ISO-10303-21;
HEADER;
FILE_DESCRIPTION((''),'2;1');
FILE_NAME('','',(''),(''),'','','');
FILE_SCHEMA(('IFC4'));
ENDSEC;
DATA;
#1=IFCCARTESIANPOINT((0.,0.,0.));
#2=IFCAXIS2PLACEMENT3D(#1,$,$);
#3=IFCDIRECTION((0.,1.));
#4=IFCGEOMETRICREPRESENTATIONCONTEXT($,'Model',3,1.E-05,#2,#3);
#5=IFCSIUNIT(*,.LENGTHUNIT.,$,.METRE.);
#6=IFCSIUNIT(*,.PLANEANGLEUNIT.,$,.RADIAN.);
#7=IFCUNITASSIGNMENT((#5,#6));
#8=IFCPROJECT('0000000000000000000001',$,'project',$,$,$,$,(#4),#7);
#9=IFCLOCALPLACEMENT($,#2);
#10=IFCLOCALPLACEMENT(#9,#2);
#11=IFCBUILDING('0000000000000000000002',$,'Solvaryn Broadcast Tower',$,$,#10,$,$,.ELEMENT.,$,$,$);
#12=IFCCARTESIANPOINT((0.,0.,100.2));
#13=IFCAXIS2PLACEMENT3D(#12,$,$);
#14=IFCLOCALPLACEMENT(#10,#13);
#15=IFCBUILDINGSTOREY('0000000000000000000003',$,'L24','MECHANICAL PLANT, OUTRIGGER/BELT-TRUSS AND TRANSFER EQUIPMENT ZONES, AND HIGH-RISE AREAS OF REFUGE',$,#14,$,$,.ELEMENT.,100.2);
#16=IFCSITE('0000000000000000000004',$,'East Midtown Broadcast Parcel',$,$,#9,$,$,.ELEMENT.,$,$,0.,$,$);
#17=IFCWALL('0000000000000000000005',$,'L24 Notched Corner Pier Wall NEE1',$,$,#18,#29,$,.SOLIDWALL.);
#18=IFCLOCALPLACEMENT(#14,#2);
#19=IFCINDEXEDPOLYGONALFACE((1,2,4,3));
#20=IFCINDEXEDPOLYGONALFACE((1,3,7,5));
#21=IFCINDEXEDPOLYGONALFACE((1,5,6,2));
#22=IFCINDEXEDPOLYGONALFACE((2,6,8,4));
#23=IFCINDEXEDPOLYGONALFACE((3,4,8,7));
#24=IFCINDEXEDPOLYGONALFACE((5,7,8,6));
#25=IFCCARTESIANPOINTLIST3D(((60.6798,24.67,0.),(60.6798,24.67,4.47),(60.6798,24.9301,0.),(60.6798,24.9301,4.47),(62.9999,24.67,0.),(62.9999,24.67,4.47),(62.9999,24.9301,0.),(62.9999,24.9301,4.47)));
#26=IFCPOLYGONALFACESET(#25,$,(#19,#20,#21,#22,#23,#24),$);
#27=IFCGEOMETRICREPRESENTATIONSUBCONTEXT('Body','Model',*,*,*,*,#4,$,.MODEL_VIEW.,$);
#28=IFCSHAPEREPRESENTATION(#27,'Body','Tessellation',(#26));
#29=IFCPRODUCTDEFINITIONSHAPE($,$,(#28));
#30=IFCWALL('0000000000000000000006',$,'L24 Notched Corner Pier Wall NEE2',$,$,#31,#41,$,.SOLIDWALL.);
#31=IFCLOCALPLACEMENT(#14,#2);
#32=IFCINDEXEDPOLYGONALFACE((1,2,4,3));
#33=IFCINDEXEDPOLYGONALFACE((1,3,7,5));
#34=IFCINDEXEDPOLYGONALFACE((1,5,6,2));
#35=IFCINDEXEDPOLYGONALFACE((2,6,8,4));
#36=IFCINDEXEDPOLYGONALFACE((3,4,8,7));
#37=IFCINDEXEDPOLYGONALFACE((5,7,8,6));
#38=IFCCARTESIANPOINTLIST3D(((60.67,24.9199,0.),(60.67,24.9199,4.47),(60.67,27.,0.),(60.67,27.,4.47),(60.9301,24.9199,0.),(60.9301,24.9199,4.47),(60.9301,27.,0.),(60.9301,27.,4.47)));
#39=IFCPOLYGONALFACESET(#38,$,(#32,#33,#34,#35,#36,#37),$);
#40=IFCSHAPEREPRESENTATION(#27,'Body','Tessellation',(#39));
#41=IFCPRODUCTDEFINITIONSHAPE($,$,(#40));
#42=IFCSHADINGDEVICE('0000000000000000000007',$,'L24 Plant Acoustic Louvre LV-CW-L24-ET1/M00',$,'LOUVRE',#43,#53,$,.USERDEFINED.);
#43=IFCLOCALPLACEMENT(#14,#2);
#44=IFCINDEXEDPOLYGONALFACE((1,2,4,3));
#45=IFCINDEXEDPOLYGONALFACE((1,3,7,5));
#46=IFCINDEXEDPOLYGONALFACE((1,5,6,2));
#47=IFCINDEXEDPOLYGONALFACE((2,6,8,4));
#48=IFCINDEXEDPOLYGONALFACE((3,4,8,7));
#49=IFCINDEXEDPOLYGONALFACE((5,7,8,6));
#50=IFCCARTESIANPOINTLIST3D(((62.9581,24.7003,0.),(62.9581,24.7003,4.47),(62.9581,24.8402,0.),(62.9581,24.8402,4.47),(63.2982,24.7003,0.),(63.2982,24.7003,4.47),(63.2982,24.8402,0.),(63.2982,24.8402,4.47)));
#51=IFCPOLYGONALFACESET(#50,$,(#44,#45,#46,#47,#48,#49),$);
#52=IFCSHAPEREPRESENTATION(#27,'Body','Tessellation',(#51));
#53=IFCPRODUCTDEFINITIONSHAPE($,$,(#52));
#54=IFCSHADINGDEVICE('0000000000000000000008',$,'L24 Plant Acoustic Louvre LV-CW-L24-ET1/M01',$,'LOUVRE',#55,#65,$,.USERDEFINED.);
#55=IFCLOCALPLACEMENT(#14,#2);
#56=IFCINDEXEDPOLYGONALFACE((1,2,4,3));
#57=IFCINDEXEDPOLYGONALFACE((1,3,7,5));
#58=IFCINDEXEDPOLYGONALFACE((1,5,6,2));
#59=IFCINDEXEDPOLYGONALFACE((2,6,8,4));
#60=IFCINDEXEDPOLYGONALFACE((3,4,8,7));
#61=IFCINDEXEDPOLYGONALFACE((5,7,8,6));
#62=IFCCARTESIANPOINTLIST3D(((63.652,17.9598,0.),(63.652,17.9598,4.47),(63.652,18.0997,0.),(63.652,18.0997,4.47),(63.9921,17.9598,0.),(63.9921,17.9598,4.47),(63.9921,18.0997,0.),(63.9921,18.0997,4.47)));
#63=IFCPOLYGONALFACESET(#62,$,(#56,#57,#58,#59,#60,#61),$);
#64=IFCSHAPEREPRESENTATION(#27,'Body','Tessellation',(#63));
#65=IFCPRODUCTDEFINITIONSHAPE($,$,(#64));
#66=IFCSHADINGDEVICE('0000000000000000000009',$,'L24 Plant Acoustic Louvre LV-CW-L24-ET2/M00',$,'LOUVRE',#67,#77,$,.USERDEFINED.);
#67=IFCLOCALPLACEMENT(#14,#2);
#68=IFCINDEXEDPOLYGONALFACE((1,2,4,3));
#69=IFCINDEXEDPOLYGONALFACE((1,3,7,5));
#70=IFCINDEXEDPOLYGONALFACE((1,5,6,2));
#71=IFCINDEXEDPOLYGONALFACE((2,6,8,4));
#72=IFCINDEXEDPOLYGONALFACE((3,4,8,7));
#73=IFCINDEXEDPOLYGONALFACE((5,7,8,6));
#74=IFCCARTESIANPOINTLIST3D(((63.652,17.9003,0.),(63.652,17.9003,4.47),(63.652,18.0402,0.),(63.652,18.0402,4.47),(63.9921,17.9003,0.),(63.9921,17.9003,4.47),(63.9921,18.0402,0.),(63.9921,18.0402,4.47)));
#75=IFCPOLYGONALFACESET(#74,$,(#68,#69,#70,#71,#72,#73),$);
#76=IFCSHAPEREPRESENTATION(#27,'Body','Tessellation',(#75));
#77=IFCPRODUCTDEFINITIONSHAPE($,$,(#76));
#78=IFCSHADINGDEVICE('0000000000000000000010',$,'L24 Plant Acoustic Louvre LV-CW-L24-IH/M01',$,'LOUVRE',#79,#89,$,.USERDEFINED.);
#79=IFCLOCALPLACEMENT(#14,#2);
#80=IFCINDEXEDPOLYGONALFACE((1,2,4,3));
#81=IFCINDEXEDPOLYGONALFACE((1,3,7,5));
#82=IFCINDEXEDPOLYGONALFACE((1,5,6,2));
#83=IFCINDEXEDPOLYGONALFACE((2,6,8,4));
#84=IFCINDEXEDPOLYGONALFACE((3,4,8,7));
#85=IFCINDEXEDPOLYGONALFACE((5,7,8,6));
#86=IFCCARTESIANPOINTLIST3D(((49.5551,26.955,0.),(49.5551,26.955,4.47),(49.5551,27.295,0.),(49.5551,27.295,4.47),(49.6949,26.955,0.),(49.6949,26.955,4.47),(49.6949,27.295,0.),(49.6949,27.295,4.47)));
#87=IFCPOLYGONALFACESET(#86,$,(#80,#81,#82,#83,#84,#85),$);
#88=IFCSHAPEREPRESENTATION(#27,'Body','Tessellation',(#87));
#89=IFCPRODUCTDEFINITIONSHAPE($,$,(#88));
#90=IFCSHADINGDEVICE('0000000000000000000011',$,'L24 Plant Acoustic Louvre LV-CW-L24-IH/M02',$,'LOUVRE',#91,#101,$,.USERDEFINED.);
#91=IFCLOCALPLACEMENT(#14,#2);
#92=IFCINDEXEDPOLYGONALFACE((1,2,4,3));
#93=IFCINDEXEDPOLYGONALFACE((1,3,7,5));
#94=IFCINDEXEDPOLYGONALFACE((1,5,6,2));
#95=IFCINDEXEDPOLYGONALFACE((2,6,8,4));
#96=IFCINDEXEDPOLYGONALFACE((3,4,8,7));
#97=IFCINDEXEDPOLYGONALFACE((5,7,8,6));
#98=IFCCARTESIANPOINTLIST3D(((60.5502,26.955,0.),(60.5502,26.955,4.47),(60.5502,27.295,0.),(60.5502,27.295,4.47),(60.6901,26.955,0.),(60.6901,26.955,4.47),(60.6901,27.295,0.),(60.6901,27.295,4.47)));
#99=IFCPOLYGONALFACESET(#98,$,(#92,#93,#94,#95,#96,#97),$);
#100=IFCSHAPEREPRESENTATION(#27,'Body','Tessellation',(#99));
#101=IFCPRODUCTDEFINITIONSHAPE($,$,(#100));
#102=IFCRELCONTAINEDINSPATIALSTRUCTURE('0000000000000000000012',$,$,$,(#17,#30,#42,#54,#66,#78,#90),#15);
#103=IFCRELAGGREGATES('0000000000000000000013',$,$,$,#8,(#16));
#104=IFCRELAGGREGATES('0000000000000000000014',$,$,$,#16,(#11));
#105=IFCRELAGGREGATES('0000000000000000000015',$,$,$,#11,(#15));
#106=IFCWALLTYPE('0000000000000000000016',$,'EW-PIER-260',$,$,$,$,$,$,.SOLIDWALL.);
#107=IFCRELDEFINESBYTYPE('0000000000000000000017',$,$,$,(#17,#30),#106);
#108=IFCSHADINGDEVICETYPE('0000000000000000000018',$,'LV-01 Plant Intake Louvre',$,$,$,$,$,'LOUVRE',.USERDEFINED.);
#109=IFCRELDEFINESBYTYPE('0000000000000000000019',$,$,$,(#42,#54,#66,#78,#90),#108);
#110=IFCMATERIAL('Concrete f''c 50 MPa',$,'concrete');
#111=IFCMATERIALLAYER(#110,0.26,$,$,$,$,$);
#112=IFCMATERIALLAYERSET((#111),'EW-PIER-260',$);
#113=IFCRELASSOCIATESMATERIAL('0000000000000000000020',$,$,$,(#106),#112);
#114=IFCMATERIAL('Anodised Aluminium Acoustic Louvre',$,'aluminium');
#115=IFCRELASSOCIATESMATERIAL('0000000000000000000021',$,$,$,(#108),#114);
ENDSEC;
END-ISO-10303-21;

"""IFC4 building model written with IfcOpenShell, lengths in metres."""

from ifc_helpers import new_model, si_unit, direction, frame, frame_2d, origin, origin_2d, place, context, subcontext, project, spatial, rectangle, extrude, material, layer, layer_set, type_object, element, save


model = new_model("IFC4")

# Units and contexts
model_context = context("Model", 3, precision=1e-05, world=origin(), true_north=direction((0.0, 1.0)))
body_context = subcontext(model_context, "Body", "Model", "MODEL_VIEW")
ifc_project = project(units=[si_unit("LENGTHUNIT", "METRE"), si_unit("PLANEANGLEUNIT", "RADIAN")], contexts=[model_context])

# Site, building, storey
site_placement = place(None, origin())
site = spatial("IfcSite", under=ifc_project, at=site_placement, Name="East Midtown Broadcast Parcel", CompositionType="ELEMENT", RefElevation=0.0)
building_placement = place(site_placement, origin())
building = spatial("IfcBuilding", under=site, at=building_placement, Name="Solvaryn Broadcast Tower", CompositionType="ELEMENT")
storey_placement = place(building_placement, frame((0.0, 0.0, 100.2)))
storey = spatial("IfcBuildingStorey", under=building, at=storey_placement, Name="L24", Description="MECHANICAL PLANT, OUTRIGGER/BELT-TRUSS AND TRANSFER EQUIPMENT ZONES, AND HIGH-RISE AREAS OF REFUGE", CompositionType="ELEMENT", Elevation=100.2)

# Walls
ifc_material_1 = material(Name="Concrete f'c 50 MPa", Category="concrete")
ifc_layer_1 = layer(ifc_material_1, 0.26)
ifc_layer_set_1 = layer_set([ifc_layer_1], Name="EW-PIER-260")
wall_type = type_object("IfcWallType", Name="EW-PIER-260", PredefinedType="SOLIDWALL", material=ifc_layer_set_1)
wall_1_placement = place(storey_placement, frame((63.0, 24.8, 0.0), z_axis=(0.0, 0.0, 1.0), x_axis=(-1.0, 0.0, 0.0)))
element("IfcWall", 1, at=wall_1_placement, inside=storey, type_object=wall_type, Name="L24 Notched Corner Pier Wall NEE1", PredefinedType="SOLIDWALL", context=body_context, shape_type="SweptSolid", body=[
    extrude(rectangle(XDim=2.3201, YDim=0.26, at=frame_2d((1.1602, 0.0))), origin(), (0.0, 0.0, 1.0), 4.47),
])
wall_2_placement = place(storey_placement, frame((60.8, 24.9199, 0.0), z_axis=(0.0, 0.0, 1.0), x_axis=(0.0, 1.0, 0.0)))
element("IfcWall", 2, at=wall_2_placement, inside=storey, type_object=wall_type, Name="L24 Notched Corner Pier Wall NEE2", PredefinedType="SOLIDWALL", context=body_context, shape_type="SweptSolid", body=[
    extrude(rectangle(XDim=2.0801, YDim=0.26, at=frame_2d((1.04, 0.0))), origin(), (0.0, 0.0, 1.0), 4.47),
])

# Shading devices
ifc_material_2 = material(Name="Anodised Aluminium Acoustic Louvre", Category="aluminium")
shading_device_type = type_object("IfcShadingDeviceType", Name="LV-01 Plant Intake Louvre", ElementType="LOUVRE", PredefinedType="USERDEFINED", material=ifc_material_2)
for number, where, z_axis, x_axis, name in (
    (3, (63.1282, 24.7703, 0.0), (0.0, 0.0, 1.0), (1.0, 0.0, 0.0), "L24 Plant Acoustic Louvre LV-CW-L24-ET1/M00"),
    (4, (63.822, 18.0298, 0.0), (0.0, 0.0, 1.0), (1.0, 0.0, 0.0), "L24 Plant Acoustic Louvre LV-CW-L24-ET1/M01"),
    (5, (63.822, 17.9702, 0.0), (0.0, 0.0, 1.0), (1.0, 0.0, 0.0), "L24 Plant Acoustic Louvre LV-CW-L24-ET2/M00"),
):
    element("IfcShadingDevice", number, at=place(storey_placement, frame(where, z_axis=z_axis, x_axis=x_axis)), inside=storey, type_object=shading_device_type, Name=name, ObjectType="LOUVRE", PredefinedType="USERDEFINED", context=body_context, shape_type="SweptSolid", body=[
        extrude(rectangle(XDim=0.3401, YDim=0.1399, at=origin_2d()), origin(), (0.0, 0.0, 1.0), 4.47),
    ])
for number, where, z_axis, x_axis, name in (
    (6, (49.625, 27.125, 0.0), (0.0, 0.0, 1.0), (1.0, 0.0, 0.0), "L24 Plant Acoustic Louvre LV-CW-L24-IH/M01"),
    (7, (60.6201, 27.125, 0.0), (0.0, 0.0, 1.0), (1.0, 0.0, 0.0), "L24 Plant Acoustic Louvre LV-CW-L24-IH/M02"),
):
    element("IfcShadingDevice", number, at=place(storey_placement, frame(where, z_axis=z_axis, x_axis=x_axis)), inside=storey, type_object=shading_device_type, Name=name, ObjectType="LOUVRE", PredefinedType="USERDEFINED", context=body_context, shape_type="SweptSolid", body=[
        extrude(rectangle(XDim=0.1399, YDim=0.3401, at=origin_2d()), origin(), (0.0, 0.0, 1.0), 4.47),
    ])

save(model, "model.ifc")
